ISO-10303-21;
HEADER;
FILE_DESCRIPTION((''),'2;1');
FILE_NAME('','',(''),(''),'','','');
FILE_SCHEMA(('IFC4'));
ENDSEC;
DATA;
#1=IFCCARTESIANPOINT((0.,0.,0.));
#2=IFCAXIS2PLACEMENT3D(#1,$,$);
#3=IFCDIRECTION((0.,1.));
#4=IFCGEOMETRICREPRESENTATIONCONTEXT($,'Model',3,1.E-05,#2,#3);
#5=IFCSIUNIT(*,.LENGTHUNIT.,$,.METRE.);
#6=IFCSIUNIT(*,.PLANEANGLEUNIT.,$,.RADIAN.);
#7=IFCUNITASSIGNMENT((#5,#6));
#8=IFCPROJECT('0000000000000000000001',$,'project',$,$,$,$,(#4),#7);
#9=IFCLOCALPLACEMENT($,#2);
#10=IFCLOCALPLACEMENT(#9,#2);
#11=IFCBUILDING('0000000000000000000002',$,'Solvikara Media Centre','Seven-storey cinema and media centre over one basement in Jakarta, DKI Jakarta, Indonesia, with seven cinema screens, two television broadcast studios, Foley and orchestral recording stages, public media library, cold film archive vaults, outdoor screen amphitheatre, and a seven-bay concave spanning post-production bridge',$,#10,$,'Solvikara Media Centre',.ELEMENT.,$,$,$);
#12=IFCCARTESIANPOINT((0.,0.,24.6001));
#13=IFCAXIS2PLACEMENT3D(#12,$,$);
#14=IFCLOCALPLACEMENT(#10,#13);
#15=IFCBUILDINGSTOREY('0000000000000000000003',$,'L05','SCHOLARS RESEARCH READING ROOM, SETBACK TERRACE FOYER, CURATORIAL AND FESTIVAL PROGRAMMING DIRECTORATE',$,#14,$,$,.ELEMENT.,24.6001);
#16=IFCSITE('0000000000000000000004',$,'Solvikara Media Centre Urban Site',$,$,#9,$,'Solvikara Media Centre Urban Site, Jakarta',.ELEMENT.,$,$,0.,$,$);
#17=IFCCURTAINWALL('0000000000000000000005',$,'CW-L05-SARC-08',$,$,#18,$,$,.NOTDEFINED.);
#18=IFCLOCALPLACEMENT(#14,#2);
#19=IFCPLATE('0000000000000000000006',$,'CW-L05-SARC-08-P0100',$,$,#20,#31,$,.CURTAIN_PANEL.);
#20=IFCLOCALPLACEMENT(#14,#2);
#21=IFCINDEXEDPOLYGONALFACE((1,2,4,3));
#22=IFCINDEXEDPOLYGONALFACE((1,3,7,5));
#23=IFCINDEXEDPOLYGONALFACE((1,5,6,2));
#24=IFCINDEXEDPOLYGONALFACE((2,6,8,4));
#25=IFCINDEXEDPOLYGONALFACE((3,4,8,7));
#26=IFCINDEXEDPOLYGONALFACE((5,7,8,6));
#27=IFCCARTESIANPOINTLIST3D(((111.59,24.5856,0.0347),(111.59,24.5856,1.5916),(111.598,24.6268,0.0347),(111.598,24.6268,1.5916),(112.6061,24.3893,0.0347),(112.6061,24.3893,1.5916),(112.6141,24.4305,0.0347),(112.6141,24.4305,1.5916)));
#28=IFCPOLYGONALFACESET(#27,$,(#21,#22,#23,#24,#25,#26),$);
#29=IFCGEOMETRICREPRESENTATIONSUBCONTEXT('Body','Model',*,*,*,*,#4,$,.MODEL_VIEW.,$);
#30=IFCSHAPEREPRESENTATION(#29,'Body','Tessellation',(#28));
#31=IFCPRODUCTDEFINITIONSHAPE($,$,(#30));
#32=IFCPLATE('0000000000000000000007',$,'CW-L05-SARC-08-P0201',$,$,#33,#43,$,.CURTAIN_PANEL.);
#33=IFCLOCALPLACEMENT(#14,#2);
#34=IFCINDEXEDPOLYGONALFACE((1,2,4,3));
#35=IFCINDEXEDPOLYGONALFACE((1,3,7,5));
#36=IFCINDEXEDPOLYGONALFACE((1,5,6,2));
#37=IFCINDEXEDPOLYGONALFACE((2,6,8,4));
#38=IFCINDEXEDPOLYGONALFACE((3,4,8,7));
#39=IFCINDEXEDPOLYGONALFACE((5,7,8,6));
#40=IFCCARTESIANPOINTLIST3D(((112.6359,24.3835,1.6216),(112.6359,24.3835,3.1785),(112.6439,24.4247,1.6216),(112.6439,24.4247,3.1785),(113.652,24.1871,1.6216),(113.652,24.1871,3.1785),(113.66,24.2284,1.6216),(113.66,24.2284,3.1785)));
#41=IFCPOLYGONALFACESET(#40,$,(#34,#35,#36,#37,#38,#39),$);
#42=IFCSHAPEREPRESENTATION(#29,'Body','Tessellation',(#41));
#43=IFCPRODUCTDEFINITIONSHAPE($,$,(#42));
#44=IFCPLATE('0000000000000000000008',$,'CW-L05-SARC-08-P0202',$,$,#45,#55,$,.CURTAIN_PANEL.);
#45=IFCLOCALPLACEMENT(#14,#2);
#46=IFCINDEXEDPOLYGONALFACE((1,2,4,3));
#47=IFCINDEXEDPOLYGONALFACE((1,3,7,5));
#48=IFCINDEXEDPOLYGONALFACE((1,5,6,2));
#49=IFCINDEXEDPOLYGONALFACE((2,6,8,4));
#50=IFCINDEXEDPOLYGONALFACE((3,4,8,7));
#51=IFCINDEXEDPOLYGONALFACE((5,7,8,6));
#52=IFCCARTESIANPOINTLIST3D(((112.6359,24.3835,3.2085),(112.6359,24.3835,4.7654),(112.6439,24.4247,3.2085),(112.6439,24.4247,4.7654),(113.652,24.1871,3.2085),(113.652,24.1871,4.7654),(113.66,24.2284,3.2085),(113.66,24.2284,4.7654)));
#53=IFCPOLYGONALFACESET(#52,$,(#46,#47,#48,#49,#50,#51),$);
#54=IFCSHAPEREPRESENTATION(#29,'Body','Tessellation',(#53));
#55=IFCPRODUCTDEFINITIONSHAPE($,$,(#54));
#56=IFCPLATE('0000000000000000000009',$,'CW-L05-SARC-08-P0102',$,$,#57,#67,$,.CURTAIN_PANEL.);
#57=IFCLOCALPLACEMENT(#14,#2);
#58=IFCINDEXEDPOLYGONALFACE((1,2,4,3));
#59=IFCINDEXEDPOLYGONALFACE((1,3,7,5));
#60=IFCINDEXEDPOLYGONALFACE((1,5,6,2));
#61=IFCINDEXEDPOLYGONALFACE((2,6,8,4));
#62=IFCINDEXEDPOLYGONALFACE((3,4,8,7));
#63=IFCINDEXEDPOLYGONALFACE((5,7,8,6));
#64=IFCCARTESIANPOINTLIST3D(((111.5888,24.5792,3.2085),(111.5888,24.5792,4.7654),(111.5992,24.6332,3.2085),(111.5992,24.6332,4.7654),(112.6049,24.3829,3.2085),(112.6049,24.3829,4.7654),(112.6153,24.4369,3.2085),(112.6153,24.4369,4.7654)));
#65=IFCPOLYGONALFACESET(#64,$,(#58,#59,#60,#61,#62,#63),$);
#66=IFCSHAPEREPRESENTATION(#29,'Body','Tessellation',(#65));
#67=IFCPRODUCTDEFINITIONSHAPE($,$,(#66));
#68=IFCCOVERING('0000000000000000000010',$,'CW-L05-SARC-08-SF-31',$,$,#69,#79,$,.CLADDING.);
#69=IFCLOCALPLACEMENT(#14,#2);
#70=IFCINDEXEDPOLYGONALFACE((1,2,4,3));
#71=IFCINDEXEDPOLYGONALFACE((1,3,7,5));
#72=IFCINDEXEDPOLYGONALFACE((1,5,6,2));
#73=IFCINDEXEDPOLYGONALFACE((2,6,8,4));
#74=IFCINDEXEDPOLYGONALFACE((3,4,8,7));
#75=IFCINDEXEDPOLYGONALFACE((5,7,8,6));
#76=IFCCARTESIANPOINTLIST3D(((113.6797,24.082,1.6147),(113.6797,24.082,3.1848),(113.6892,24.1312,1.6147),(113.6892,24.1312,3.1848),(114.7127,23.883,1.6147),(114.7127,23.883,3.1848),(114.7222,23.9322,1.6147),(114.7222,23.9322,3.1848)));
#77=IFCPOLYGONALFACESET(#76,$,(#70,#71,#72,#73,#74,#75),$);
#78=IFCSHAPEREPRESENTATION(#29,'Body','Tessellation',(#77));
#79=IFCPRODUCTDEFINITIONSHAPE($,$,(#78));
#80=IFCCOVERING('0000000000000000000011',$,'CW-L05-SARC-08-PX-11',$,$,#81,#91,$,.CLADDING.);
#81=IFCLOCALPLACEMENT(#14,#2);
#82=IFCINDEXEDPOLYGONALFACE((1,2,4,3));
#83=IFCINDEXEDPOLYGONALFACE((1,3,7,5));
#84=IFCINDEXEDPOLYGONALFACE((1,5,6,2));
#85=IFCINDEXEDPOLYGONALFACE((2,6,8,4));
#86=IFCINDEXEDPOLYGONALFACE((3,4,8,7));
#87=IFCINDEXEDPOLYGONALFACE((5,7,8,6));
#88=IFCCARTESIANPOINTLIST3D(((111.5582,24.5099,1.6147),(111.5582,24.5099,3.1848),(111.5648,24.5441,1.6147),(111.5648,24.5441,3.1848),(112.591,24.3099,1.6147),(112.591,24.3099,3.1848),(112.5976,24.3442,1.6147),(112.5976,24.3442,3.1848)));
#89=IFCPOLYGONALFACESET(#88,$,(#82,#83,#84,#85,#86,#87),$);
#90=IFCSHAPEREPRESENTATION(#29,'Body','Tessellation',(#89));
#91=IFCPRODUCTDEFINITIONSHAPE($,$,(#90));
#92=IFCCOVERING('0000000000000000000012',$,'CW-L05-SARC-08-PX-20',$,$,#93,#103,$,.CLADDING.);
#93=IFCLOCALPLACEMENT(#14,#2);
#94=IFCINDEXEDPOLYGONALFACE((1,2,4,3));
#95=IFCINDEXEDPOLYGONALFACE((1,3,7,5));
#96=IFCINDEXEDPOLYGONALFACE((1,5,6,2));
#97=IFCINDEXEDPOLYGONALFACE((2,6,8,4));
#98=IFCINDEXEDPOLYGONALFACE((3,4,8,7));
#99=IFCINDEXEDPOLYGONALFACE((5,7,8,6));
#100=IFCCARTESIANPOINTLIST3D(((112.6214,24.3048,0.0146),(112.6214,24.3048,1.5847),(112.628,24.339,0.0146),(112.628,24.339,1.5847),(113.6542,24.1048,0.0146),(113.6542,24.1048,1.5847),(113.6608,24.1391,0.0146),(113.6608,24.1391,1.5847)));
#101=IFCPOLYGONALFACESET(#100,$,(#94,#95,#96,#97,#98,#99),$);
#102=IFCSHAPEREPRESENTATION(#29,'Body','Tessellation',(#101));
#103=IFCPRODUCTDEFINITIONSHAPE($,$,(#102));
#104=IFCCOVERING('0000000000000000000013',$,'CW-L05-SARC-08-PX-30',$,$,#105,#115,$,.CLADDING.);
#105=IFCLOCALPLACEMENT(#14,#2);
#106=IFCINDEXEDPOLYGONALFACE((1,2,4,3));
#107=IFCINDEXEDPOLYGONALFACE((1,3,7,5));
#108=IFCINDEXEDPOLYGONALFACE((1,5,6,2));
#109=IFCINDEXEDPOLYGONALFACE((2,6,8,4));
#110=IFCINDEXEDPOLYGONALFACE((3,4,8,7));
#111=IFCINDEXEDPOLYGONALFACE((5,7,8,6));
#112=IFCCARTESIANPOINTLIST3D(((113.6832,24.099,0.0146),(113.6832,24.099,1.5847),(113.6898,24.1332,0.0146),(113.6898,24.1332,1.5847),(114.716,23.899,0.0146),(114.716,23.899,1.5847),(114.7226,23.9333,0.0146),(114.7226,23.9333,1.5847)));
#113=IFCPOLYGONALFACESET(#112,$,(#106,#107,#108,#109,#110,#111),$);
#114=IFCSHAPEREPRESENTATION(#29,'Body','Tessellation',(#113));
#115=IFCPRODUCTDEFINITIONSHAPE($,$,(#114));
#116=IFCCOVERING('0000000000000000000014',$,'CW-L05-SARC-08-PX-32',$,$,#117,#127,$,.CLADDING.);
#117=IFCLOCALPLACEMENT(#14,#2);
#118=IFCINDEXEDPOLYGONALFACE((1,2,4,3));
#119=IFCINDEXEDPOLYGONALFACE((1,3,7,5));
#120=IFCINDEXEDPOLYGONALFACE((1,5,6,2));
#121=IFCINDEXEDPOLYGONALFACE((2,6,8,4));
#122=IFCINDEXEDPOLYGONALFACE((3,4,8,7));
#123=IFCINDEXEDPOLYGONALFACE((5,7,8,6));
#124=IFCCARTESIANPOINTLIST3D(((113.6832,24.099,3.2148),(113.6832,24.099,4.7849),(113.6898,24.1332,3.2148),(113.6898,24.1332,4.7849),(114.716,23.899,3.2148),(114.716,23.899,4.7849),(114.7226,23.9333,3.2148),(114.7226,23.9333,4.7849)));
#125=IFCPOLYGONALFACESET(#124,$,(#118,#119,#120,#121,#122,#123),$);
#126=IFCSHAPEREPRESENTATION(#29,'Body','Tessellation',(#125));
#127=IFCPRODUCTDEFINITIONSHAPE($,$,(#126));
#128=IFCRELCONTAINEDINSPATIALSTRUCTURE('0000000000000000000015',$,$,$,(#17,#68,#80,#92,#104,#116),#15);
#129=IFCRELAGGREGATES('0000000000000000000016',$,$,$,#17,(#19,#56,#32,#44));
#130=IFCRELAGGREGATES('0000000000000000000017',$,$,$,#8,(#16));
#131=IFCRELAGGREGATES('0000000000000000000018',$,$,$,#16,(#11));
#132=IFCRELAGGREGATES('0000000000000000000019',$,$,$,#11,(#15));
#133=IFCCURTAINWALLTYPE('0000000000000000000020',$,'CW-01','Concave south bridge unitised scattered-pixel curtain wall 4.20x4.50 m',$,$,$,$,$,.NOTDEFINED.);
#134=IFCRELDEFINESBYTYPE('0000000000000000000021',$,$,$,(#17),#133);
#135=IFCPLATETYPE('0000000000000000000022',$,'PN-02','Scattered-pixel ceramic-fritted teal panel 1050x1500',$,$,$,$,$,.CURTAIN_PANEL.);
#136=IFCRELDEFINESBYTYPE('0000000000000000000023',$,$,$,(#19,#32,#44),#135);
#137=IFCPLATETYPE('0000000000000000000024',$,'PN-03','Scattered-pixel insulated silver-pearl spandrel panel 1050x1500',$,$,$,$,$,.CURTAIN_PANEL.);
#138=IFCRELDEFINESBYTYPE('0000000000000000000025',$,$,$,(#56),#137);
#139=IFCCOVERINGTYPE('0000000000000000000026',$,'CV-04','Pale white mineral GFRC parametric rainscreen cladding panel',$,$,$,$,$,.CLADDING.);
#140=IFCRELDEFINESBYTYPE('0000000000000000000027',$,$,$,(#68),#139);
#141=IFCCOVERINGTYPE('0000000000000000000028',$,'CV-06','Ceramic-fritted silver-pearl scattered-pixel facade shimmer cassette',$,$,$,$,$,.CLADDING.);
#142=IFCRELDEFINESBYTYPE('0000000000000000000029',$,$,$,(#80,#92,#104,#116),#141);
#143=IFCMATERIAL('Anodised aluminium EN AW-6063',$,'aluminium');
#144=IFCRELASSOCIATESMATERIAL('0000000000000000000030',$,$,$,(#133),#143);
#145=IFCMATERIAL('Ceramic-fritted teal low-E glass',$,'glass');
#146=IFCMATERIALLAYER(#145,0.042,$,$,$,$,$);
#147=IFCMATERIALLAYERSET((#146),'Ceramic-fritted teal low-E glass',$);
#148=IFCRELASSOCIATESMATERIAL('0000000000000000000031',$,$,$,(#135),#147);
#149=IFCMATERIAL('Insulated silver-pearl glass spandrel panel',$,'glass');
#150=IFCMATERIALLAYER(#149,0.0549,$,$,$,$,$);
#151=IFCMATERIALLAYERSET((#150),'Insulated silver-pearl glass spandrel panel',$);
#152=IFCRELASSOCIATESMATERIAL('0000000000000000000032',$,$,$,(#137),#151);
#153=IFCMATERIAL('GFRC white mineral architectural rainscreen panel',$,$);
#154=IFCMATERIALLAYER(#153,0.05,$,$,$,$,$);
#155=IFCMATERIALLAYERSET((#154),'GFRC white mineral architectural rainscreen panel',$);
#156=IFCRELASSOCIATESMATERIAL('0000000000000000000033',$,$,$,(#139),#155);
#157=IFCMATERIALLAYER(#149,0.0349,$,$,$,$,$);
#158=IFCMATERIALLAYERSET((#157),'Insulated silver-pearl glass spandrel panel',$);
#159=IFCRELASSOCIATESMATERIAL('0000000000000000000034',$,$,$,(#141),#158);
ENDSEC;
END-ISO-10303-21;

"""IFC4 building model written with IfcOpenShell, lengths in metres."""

from ifc_helpers import new_model, si_unit, direction, frame, origin, origin_2d, place, context, subcontext, project, spatial, rectangle, extrude, material, layer, layer_set, type_object, element, aggregate, save


model = new_model("IFC4")

# Units and contexts
model_context = context("Model", 3, precision=1e-05, world=origin(), true_north=direction((0.0, 1.0)))
body_context = subcontext(model_context, "Body", "Model", "MODEL_VIEW")
ifc_project = project(units=[si_unit("LENGTHUNIT", "METRE"), si_unit("PLANEANGLEUNIT", "RADIAN")], contexts=[model_context])

# Site, building, storey
site_placement = place(None, origin())
site = spatial("IfcSite", under=ifc_project, at=site_placement, Name="Solvikara Media Centre Urban Site", LongName="Solvikara Media Centre Urban Site, Jakarta", CompositionType="ELEMENT", RefElevation=0.0)
building_placement = place(site_placement, origin())
building = spatial("IfcBuilding", under=site, at=building_placement, Name="Solvikara Media Centre", Description="Seven-storey cinema and media centre over one basement in Jakarta, DKI Jakarta, Indonesia, with seven cinema screens, two television broadcast studios, Foley and orchestral recording stages, public media library, cold film archive vaults, outdoor screen amphitheatre, and a seven-bay concave spanning post-production bridge", LongName="Solvikara Media Centre", CompositionType="ELEMENT")
storey_placement = place(building_placement, frame((0.0, 0.0, 24.6001)))
storey = spatial("IfcBuildingStorey", under=building, at=storey_placement, Name="L05", Description="SCHOLARS RESEARCH READING ROOM, SETBACK TERRACE FOYER, CURATORIAL AND FESTIVAL PROGRAMMING DIRECTORATE", CompositionType="ELEMENT", Elevation=24.6001)

# Curtain wall, plates
ifc_material_1 = material(Name="Anodised aluminium EN AW-6063", Category="aluminium")
curtain_wall_type = type_object("IfcCurtainWallType", Name="CW-01", Description="Concave south bridge unitised scattered-pixel curtain wall 4.20x4.50 m", PredefinedType="NOTDEFINED", material=ifc_material_1)
curtain_wall_placement = place(storey_placement, origin())
curtain_wall = element("IfcCurtainWall", 1, at=curtain_wall_placement, inside=storey, type_object=curtain_wall_type, Name="CW-L05-SARC-08", PredefinedType="NOTDEFINED")
ifc_material_2 = material(Name="Ceramic-fritted teal low-E glass", Category="glass")
ifc_layer_1 = layer(ifc_material_2, 0.042)
ifc_layer_set_1 = layer_set([ifc_layer_1], Name="Ceramic-fritted teal low-E glass")
plate_type_1 = type_object("IfcPlateType", Name="PN-02", Description="Scattered-pixel ceramic-fritted teal panel 1050x1500", PredefinedType="CURTAIN_PANEL", material=ifc_layer_set_1)
plate_1_placement = place(storey_placement, frame((112.1021, 24.5081, 0.0347), z_axis=(0.0, 0.0, 1.0), x_axis=(0.981843, -0.189695, 0.0)))
plate_1 = element("IfcPlate", 2, at=plate_1_placement, type_object=plate_type_1, Name="CW-L05-SARC-08-P0100", PredefinedType="CURTAIN_PANEL", context=body_context, shape_type="SweptSolid", body=[
    extrude(rectangle(XDim=1.0349, YDim=0.042, at=origin_2d()), origin(), (0.0, 0.0, 1.0), 1.5569),
])
plate_2_placement = place(storey_placement, frame((113.1479, 24.3059, 1.6216), z_axis=(0.0, 0.0, 1.0), x_axis=(0.981843, -0.189695, 0.0)))
plate_2 = element("IfcPlate", 3, at=plate_2_placement, type_object=plate_type_1, Name="CW-L05-SARC-08-P0201", PredefinedType="CURTAIN_PANEL", context=body_context, shape_type="SweptSolid", body=[
    extrude(rectangle(XDim=1.0349, YDim=0.042, at=origin_2d()), origin(), (0.0, 0.0, 1.0), 1.5569),
])
plate_3_placement = place(storey_placement, frame((113.1479, 24.3059, 3.2085), z_axis=(0.0, 0.0, 1.0), x_axis=(0.981843, -0.189695, 0.0)))
plate_3 = element("IfcPlate", 4, at=plate_3_placement, type_object=plate_type_1, Name="CW-L05-SARC-08-P0202", PredefinedType="CURTAIN_PANEL", context=body_context, shape_type="SweptSolid", body=[
    extrude(rectangle(XDim=1.0349, YDim=0.042, at=origin_2d()), origin(), (0.0, 0.0, 1.0), 1.5569),
])
ifc_material_3 = material(Name="Insulated silver-pearl glass spandrel panel", Category="glass")
ifc_layer_2 = layer(ifc_material_3, 0.0549)
ifc_layer_set_2 = layer_set([ifc_layer_2], Name="Insulated silver-pearl glass spandrel panel")
plate_type_2 = type_object("IfcPlateType", Name="PN-03", Description="Scattered-pixel insulated silver-pearl spandrel panel 1050x1500", PredefinedType="CURTAIN_PANEL", material=ifc_layer_set_2)
plate_4_placement = place(storey_placement, frame((112.1021, 24.5081, 3.2085), z_axis=(0.0, 0.0, 1.0), x_axis=(0.981843, -0.189695, 0.0)))
plate_4 = element("IfcPlate", 5, at=plate_4_placement, type_object=plate_type_2, Name="CW-L05-SARC-08-P0102", PredefinedType="CURTAIN_PANEL", context=body_context, shape_type="SweptSolid", body=[
    extrude(rectangle(XDim=1.0349, YDim=0.0549, at=origin_2d()), origin(), (0.0, 0.0, 1.0), 1.5569),
])
aggregate(curtain_wall, [plate_1, plate_4, plate_2, plate_3])

# Coverings
ifc_material_4 = material(Name="GFRC white mineral architectural rainscreen panel")
ifc_layer_3 = layer(ifc_material_4, 0.05)
ifc_layer_set_3 = layer_set([ifc_layer_3], Name="GFRC white mineral architectural rainscreen panel")
covering_type_1 = type_object("IfcCoveringType", Name="CV-04", Description="Pale white mineral GFRC parametric rainscreen cladding panel", PredefinedType="CLADDING", material=ifc_layer_set_3)
covering_placement = place(storey_placement, frame((114.2009, 24.0071, 1.6147), z_axis=(0.0, 0.0, 1.0), x_axis=(0.981946, -0.189164, 0.0)))
element("IfcCovering", 6, at=covering_placement, inside=storey, type_object=covering_type_1, Name="CW-L05-SARC-08-SF-31", PredefinedType="CLADDING", context=body_context, shape_type="SweptSolid", body=[
    extrude(rectangle(XDim=1.052, YDim=0.05, at=origin_2d()), origin(), (0.0, 0.0, 1.0), 1.5701),
])
ifc_layer_4 = layer(ifc_material_3, 0.0349)
ifc_layer_set_4 = layer_set([ifc_layer_4], Name="Insulated silver-pearl glass spandrel panel")
covering_type_2 = type_object("IfcCoveringType", Name="CV-06", Description="Ceramic-fritted silver-pearl scattered-pixel facade shimmer cassette", PredefinedType="CLADDING", material=ifc_layer_set_4)
for number, where, z_axis, x_axis, name in (
    (7, (112.0779, 24.427, 1.6147), (0.0, 0.0, 1.0), (0.981767, -0.190089, 0.0), "CW-L05-SARC-08-PX-11"),
    (8, (113.1411, 24.2219, 0.0146), (0.0, 0.0, 1.0), (0.981767, -0.190089, 0.0), "CW-L05-SARC-08-PX-20"),
    (9, (114.2029, 24.0161, 0.0146), (0.0, 0.0, 1.0), (0.981767, -0.190089, 0.0), "CW-L05-SARC-08-PX-30"),
    (10, (114.2029, 24.0161, 3.2148), (0.0, 0.0, 1.0), (0.981767, -0.190089, 0.0), "CW-L05-SARC-08-PX-32"),
):
    element("IfcCovering", number, at=place(storey_placement, frame(where, z_axis=z_axis, x_axis=x_axis)), inside=storey, type_object=covering_type_2, Name=name, PredefinedType="CLADDING", context=body_context, shape_type="SweptSolid", body=[
        extrude(rectangle(XDim=1.052, YDim=0.0349, at=origin_2d()), origin(), (0.0, 0.0, 1.0), 1.5701),
    ])

save(model, "model.ifc")
